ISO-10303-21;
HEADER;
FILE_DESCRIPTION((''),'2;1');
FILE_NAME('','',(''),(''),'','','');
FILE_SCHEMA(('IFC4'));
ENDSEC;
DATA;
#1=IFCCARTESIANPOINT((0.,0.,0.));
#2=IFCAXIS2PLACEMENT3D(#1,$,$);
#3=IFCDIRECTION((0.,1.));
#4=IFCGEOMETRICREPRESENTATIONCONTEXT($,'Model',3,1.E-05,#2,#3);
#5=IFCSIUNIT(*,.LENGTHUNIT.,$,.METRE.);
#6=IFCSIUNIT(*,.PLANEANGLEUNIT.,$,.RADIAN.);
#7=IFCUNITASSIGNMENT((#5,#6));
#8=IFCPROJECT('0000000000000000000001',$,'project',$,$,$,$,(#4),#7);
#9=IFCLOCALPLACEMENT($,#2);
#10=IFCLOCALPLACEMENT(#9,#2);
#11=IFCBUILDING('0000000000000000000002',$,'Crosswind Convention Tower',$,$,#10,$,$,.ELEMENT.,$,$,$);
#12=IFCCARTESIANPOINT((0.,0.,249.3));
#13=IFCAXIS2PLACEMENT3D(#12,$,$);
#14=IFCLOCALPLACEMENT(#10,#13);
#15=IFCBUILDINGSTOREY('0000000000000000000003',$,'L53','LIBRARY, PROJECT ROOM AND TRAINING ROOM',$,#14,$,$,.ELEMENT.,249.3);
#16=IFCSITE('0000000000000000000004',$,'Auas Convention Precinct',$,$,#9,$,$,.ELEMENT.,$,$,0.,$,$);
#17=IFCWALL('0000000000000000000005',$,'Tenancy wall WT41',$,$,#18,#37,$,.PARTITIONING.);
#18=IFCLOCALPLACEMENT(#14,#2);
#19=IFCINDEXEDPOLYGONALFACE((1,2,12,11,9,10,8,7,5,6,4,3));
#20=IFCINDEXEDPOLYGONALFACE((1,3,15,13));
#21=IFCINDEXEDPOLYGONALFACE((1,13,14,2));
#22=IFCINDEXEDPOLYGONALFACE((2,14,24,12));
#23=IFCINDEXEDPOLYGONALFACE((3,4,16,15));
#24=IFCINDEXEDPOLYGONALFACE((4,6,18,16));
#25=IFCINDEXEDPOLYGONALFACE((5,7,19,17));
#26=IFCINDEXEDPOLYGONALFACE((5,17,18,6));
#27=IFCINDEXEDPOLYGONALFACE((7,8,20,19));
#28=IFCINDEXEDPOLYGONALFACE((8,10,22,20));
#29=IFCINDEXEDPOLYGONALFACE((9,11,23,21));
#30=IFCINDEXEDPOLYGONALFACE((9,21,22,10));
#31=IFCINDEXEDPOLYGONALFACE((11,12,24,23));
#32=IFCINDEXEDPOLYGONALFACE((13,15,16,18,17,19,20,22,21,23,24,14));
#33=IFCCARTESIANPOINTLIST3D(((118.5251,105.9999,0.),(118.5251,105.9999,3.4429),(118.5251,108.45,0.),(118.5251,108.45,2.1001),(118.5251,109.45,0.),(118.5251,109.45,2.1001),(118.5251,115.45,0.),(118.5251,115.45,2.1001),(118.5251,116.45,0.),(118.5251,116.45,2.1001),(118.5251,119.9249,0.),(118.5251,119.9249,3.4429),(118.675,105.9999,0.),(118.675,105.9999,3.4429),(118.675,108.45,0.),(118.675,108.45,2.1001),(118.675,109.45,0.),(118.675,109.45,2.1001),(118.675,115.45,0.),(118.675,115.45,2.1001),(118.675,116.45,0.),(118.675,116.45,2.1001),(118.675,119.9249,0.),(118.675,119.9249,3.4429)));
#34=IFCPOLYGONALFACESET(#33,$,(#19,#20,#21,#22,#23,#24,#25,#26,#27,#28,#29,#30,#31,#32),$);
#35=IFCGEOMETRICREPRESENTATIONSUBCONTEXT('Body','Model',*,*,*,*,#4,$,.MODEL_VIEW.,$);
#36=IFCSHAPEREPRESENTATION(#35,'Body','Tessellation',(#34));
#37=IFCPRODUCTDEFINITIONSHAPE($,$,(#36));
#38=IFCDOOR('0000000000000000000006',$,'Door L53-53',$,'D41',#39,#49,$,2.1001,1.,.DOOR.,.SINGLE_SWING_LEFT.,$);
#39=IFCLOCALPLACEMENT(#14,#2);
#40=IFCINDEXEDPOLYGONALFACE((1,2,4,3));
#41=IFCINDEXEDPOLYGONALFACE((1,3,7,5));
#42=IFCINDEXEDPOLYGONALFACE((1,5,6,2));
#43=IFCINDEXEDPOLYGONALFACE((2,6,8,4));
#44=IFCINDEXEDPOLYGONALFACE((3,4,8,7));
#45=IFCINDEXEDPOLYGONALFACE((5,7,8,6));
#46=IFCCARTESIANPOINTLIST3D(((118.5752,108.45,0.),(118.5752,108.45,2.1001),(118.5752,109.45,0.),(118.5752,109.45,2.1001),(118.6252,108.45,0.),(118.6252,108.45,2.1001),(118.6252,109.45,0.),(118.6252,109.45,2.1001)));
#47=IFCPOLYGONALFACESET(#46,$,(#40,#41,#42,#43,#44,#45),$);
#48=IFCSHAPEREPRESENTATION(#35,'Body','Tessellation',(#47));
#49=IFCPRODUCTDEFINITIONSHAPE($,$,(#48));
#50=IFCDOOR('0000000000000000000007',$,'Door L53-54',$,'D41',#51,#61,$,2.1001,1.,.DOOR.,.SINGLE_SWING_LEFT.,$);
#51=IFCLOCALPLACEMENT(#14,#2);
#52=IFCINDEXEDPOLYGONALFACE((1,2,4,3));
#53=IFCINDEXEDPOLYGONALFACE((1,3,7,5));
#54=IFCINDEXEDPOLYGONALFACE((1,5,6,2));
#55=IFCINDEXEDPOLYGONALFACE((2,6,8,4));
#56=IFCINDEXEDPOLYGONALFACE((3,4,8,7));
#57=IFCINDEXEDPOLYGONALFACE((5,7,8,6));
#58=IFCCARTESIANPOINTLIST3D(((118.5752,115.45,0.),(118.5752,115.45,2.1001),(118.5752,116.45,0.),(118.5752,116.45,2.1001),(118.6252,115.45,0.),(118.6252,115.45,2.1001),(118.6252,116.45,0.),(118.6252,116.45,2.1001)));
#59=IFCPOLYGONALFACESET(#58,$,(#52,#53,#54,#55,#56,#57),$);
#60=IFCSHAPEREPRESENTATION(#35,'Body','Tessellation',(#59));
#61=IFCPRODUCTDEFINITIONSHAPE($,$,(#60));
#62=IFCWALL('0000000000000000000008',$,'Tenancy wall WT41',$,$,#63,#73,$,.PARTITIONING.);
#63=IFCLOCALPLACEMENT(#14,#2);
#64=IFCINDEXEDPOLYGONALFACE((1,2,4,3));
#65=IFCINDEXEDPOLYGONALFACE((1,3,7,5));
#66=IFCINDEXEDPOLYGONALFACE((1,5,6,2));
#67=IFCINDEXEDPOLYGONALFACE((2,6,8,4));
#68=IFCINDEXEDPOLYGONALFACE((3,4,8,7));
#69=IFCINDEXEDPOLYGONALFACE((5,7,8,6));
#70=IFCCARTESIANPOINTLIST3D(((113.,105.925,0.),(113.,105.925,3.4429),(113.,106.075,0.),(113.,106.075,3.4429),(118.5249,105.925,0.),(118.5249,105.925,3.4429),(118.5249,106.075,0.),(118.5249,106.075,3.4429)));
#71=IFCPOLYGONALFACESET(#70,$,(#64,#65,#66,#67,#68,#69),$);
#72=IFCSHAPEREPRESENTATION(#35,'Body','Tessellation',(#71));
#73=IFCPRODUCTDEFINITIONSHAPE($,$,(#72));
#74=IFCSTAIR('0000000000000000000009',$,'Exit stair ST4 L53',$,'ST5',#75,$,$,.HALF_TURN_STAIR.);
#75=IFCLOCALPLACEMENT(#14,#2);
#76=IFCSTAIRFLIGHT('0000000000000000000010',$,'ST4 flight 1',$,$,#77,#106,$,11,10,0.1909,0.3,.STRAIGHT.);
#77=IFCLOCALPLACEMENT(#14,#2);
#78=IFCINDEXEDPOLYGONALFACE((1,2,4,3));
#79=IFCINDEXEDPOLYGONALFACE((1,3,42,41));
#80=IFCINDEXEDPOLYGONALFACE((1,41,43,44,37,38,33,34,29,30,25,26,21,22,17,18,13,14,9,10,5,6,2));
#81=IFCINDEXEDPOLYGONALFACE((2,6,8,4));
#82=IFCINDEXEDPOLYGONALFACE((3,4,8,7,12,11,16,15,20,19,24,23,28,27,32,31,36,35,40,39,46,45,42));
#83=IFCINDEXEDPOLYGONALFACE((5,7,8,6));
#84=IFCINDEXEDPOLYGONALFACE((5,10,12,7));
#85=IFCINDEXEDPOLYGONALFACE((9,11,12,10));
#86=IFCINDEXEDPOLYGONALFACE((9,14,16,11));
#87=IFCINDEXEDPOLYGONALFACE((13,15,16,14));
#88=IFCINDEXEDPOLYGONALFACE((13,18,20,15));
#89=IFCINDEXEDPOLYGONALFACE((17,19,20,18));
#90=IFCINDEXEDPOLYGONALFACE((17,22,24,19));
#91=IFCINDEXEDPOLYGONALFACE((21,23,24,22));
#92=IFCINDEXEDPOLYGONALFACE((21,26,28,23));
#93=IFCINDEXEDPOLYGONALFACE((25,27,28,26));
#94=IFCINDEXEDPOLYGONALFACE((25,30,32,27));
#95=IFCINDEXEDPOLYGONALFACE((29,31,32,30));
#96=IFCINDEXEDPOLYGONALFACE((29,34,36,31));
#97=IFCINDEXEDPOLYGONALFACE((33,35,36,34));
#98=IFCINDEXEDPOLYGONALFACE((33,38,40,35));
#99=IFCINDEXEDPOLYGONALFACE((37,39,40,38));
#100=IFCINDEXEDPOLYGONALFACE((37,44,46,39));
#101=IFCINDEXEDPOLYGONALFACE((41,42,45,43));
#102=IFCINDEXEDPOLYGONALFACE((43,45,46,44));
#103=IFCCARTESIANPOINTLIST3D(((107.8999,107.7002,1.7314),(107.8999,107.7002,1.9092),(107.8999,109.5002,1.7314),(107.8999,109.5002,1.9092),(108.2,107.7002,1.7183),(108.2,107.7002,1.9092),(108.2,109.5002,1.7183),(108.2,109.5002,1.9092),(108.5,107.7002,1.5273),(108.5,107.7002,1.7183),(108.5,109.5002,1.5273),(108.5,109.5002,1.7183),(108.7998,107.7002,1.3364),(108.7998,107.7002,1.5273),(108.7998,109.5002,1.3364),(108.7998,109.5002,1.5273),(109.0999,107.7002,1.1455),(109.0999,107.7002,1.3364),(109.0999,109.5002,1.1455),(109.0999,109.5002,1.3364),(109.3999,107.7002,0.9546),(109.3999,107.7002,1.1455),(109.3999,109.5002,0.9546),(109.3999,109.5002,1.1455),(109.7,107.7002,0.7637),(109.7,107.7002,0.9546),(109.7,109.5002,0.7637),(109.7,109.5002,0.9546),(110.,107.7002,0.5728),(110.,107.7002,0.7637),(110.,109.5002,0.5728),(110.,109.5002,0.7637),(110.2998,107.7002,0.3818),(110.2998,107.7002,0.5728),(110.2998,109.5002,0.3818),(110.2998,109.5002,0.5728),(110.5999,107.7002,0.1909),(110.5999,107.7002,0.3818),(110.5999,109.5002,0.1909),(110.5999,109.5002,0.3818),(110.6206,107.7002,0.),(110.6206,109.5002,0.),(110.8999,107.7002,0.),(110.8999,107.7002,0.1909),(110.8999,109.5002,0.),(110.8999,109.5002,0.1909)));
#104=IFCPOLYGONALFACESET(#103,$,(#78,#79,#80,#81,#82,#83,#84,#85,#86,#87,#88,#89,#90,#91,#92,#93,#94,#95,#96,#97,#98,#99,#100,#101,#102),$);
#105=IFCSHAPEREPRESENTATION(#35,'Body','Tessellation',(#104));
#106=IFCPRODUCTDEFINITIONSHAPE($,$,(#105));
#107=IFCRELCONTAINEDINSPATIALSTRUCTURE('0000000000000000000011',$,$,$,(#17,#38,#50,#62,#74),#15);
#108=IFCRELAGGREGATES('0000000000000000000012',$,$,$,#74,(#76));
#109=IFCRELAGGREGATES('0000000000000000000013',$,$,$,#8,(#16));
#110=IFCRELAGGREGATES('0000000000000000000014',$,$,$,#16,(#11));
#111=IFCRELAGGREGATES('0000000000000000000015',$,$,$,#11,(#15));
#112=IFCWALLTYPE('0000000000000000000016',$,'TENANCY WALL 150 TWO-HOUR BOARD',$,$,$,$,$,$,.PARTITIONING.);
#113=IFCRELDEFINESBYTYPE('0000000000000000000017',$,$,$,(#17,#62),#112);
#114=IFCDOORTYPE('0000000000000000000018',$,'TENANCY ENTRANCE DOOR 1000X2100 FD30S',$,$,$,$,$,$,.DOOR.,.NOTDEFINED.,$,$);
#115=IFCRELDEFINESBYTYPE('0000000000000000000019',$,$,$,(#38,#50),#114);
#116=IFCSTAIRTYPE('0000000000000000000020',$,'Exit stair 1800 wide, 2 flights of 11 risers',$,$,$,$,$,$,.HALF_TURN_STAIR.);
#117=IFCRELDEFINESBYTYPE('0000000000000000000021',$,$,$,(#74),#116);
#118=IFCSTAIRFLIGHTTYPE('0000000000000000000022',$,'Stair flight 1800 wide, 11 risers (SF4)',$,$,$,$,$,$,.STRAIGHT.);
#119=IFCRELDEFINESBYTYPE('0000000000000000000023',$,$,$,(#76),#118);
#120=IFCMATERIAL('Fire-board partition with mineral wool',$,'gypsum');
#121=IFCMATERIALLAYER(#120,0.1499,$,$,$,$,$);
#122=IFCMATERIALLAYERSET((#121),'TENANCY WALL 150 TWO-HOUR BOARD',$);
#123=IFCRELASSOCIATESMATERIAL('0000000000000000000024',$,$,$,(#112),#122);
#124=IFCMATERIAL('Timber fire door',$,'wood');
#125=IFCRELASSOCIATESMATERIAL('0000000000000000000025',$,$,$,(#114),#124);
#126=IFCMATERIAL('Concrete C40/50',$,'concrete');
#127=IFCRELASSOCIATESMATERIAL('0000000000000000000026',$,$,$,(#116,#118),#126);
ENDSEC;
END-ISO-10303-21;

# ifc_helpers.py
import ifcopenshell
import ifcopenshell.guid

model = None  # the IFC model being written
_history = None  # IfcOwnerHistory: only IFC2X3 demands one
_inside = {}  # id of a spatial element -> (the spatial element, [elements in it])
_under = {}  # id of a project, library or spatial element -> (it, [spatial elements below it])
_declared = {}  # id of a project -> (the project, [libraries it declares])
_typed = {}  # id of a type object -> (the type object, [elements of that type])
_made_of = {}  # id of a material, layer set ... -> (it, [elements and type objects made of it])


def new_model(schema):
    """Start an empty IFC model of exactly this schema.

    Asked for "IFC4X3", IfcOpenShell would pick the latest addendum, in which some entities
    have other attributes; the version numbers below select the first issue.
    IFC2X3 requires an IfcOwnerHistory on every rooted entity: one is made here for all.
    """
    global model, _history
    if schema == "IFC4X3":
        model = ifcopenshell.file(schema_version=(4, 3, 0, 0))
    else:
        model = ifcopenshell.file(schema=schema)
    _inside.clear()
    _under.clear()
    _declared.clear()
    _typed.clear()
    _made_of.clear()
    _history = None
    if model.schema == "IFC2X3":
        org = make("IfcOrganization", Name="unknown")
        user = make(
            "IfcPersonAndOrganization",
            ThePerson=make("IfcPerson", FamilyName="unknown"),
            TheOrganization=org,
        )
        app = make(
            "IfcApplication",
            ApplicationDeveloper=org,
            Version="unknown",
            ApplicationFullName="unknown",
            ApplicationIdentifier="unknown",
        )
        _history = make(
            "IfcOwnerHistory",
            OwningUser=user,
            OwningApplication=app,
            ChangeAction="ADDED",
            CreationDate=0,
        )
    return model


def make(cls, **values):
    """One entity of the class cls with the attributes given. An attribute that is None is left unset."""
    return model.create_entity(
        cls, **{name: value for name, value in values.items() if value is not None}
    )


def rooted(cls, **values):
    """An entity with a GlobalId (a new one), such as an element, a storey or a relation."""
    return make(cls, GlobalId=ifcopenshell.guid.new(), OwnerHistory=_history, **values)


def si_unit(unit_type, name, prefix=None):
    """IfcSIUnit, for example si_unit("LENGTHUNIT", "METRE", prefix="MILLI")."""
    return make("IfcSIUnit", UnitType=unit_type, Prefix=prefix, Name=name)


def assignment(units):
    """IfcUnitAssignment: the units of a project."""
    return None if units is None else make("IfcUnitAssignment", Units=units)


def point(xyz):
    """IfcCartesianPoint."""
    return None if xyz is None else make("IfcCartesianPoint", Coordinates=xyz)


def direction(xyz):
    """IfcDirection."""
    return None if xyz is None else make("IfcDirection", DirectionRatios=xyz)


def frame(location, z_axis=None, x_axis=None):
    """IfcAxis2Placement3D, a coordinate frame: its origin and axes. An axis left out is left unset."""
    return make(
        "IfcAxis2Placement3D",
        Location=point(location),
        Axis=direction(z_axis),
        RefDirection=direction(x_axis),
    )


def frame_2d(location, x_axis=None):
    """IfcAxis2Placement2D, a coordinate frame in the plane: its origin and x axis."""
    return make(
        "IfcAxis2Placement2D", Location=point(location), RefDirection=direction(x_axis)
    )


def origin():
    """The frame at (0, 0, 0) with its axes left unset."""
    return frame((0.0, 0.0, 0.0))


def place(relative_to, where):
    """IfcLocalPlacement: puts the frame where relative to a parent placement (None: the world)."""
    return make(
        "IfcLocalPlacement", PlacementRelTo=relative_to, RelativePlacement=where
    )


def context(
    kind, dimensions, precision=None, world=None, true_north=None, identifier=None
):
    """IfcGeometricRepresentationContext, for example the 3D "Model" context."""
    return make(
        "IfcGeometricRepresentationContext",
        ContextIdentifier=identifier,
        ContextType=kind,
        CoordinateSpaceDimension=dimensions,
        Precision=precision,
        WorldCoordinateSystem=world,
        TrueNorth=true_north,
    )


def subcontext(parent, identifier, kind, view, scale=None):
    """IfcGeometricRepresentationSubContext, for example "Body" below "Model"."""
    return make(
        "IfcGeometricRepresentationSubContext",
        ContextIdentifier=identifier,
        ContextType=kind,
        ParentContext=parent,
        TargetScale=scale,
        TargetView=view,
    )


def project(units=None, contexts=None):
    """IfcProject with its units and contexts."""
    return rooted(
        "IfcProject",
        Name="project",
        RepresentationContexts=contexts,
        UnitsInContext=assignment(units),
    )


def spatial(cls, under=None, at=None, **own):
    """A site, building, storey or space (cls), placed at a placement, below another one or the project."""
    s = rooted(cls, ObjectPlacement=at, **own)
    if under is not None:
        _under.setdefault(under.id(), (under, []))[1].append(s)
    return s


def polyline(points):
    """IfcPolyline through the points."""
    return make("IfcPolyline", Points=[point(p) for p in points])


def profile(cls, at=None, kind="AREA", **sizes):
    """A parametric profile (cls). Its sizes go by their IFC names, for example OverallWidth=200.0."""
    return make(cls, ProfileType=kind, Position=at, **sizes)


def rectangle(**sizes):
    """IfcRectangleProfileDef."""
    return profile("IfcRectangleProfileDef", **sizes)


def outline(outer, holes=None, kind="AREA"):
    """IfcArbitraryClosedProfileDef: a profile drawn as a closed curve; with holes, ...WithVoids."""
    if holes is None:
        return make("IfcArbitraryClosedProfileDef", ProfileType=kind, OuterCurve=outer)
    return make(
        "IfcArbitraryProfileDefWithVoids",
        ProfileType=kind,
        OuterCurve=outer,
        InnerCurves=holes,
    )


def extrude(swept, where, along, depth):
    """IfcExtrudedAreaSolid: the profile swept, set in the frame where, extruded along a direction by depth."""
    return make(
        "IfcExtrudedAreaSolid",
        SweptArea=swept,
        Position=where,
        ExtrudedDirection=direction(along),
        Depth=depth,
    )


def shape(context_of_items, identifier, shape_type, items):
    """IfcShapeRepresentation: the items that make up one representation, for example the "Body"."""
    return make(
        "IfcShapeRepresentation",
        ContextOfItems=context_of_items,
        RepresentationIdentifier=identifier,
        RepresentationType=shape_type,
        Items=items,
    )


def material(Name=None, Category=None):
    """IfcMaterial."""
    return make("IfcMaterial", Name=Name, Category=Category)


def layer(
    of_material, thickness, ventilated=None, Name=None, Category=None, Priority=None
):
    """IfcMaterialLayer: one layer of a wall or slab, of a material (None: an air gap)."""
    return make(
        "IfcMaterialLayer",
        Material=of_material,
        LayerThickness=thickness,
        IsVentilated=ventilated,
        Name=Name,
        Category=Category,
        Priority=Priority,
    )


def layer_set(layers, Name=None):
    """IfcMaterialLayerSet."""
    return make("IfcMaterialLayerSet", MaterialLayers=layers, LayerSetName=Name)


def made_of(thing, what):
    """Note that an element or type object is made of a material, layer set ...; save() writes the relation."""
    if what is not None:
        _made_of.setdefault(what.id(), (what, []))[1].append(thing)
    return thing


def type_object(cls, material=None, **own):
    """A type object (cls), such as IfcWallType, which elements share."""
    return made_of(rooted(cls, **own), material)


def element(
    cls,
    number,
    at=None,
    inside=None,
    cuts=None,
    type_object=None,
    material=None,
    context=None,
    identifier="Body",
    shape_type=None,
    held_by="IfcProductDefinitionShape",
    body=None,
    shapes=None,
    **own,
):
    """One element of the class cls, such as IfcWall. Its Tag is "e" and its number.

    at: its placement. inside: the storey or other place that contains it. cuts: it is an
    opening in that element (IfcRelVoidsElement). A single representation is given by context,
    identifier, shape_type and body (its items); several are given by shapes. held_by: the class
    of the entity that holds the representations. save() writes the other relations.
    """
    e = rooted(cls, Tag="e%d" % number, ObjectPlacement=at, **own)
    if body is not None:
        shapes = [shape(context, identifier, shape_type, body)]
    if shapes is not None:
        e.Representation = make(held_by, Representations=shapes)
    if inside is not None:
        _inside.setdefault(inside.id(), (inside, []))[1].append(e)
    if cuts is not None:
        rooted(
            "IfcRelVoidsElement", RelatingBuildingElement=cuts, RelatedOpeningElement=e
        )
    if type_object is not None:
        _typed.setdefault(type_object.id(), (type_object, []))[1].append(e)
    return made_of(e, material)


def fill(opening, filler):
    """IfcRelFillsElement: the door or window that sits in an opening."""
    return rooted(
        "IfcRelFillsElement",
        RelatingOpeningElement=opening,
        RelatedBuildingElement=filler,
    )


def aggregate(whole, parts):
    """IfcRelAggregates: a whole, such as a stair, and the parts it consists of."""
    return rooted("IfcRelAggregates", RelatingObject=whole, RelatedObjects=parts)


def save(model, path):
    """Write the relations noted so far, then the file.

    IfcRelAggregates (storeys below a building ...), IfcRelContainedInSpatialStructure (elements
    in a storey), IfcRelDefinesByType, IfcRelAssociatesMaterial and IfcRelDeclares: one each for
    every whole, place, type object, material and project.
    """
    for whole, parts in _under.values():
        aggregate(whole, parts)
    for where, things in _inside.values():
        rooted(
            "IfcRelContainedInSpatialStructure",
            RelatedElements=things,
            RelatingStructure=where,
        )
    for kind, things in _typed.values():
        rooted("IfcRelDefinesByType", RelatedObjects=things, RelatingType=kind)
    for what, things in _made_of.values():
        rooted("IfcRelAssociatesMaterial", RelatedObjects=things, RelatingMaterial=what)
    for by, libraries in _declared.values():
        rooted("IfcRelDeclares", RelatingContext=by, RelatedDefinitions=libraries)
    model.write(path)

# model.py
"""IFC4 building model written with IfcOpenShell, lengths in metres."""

from ifc_helpers import new_model, si_unit, direction, frame, frame_2d, origin, place, context, subcontext, project, spatial, polyline, rectangle, outline, extrude, material, layer, layer_set, type_object, element, fill, aggregate, save


model = new_model("IFC4")

# Units and contexts
model_context = context("Model", 3, precision=1e-05, world=origin(), true_north=direction((0.0, 1.0)))
body_context = subcontext(model_context, "Body", "Model", "MODEL_VIEW")
ifc_project = project(units=[si_unit("LENGTHUNIT", "METRE"), si_unit("PLANEANGLEUNIT", "RADIAN")], contexts=[model_context])

# Site, building, storey
site_placement = place(None, origin())
site = spatial("IfcSite", under=ifc_project, at=site_placement, Name="Auas Convention Precinct", CompositionType="ELEMENT", RefElevation=0.0)
building_placement = place(site_placement, origin())
building = spatial("IfcBuilding", under=site, at=building_placement, Name="Crosswind Convention Tower", CompositionType="ELEMENT")
storey_placement = place(building_placement, frame((0.0, 0.0, 249.3)))
storey = spatial("IfcBuildingStorey", under=building, at=storey_placement, Name="L53", Description="LIBRARY, PROJECT ROOM AND TRAINING ROOM", CompositionType="ELEMENT", Elevation=249.3)

# Wall, openings, doors
ifc_material_1 = material(Name="Fire-board partition with mineral wool", Category="gypsum")
ifc_layer_1 = layer(ifc_material_1, 0.1499)
ifc_layer_set_1 = layer_set([ifc_layer_1], Name="TENANCY WALL 150 TWO-HOUR BOARD")
wall_type_1 = type_object("IfcWallType", Name="TENANCY WALL 150 TWO-HOUR BOARD", PredefinedType="PARTITIONING", material=ifc_layer_set_1)
wall_1_placement = place(storey_placement, frame((118.6001, 106.0, 0.0), z_axis=(0.0, 0.0, 1.0), x_axis=(0.0, 1.0, 0.0)))
wall_1 = element("IfcWall", 1, at=wall_1_placement, inside=storey, type_object=wall_type_1, Name="Tenancy wall WT41", PredefinedType="PARTITIONING", context=body_context, shape_type="SweptSolid", body=[
    extrude(rectangle(XDim=13.925, YDim=0.1499, at=frame_2d((6.9624, 0.0))), origin(), (0.0, 0.0, 1.0), 3.4429),
])
opening_1_placement = place(wall_1_placement, frame((2.45, 0.0, 0.0)))
opening_1 = element("IfcOpeningElement", 2, at=opening_1_placement, cuts=wall_1, PredefinedType="OPENING", context=body_context, shape_type="SweptSolid", body=[
    extrude(rectangle(XDim=1.0, YDim=2.1001, at=frame_2d((0.5, 1.05))), frame((0.0, 0.085, 0.0), z_axis=(0.0, -1.0, 0.0), x_axis=(1.0, 0.0, 0.0)), (0.0, 0.0, 1.0), 0.1699),
])
opening_2_placement = place(wall_1_placement, frame((9.45, 0.0, 0.0)))
opening_2 = element("IfcOpeningElement", 3, at=opening_2_placement, cuts=wall_1, PredefinedType="OPENING", context=body_context, shape_type="SweptSolid", body=[
    extrude(rectangle(XDim=1.0, YDim=2.1001, at=frame_2d((0.5, 1.05))), frame((0.0, 0.085, 0.0), z_axis=(0.0, -1.0, 0.0), x_axis=(1.0, 0.0, 0.0)), (0.0, 0.0, 1.0), 0.1699),
])
ifc_material_2 = material(Name="Timber fire door", Category="wood")
door_type_1 = type_object("IfcDoorType", Name="TENANCY ENTRANCE DOOR 1000X2100 FD30S", OperationType="NOTDEFINED", PredefinedType="DOOR", material=ifc_material_2)
door_1_placement = place(opening_1_placement, origin())
door_1 = element("IfcDoor", 4, at=door_1_placement, inside=storey, type_object=door_type_1, Name="Door L53-53", ObjectType="D41", OperationType="SINGLE_SWING_LEFT", OverallHeight=2.1001, OverallWidth=1.0, PredefinedType="DOOR", context=body_context, shape_type="SweptSolid", body=[
    extrude(rectangle(XDim=1.0, YDim=2.1001, at=frame_2d((0.5, 1.05))), frame((0.0, 0.0249, 0.0), z_axis=(0.0, -1.0, 0.0), x_axis=(1.0, 0.0, 0.0)), (0.0, 0.0, 1.0), 0.05),
])
fill(opening_1, door_1)
door_2_placement = place(opening_2_placement, origin())
door_2 = element("IfcDoor", 5, at=door_2_placement, inside=storey, type_object=door_type_1, Name="Door L53-54", ObjectType="D41", OperationType="SINGLE_SWING_LEFT", OverallHeight=2.1001, OverallWidth=1.0, PredefinedType="DOOR", context=body_context, shape_type="SweptSolid", body=[
    extrude(rectangle(XDim=1.0, YDim=2.1001, at=frame_2d((0.5, 1.05))), frame((0.0, 0.0249, 0.0), z_axis=(0.0, -1.0, 0.0), x_axis=(1.0, 0.0, 0.0)), (0.0, 0.0, 1.0), 0.05),
])
fill(opening_2, door_2)

# Wall
wall_2_placement = place(storey_placement, frame((113.0, 106.0, 0.0), z_axis=(0.0, 0.0, 1.0), x_axis=(1.0, 0.0, 0.0)))
element("IfcWall", 6, at=wall_2_placement, inside=storey, type_object=wall_type_1, Name="Tenancy wall WT41", PredefinedType="PARTITIONING", context=body_context, shape_type="SweptSolid", body=[
    extrude(rectangle(XDim=5.5249, YDim=0.1499, at=frame_2d((2.7625, 0.0))), origin(), (0.0, 0.0, 1.0), 3.4429),
])

# Stair, stair flight
ifc_material_3 = material(Name="Concrete C40/50", Category="concrete")
stair_type = type_object("IfcStairType", Name="Exit stair 1800 wide, 2 flights of 11 risers", PredefinedType="HALF_TURN_STAIR", material=ifc_material_3)
stair_placement = place(storey_placement, origin())
stair = element("IfcStair", 7, at=stair_placement, inside=storey, type_object=stair_type, Name="Exit stair ST4 L53", ObjectType="ST5", PredefinedType="HALF_TURN_STAIR")
stair_flight_type = type_object("IfcStairFlightType", Name="Stair flight 1800 wide, 11 risers (SF4)", PredefinedType="STRAIGHT", material=ifc_material_3)
stair_flight_placement = place(storey_placement, frame((110.8999, 108.6001, 0.0), z_axis=(0.0, 0.0, 1.0), x_axis=(-1.0, 0.0, 0.0)))
stair_flight = element("IfcStairFlight", 8, at=stair_flight_placement, type_object=stair_flight_type, Name="ST4 flight 1", NumberOfRisers=11, NumberOfTreads=10, PredefinedType="STRAIGHT", RiserHeight=0.1909, TreadLength=0.3, context=body_context, shape_type="SweptSolid", body=[
    extrude(outline(polyline([(0.0, 0.0), (0.0, 0.1909), (0.3, 0.1909), (0.3, 0.3818), (0.6001, 0.3818), (0.6001, 0.5728), (0.8999, 0.5728), (0.8999, 0.7637), (1.2, 0.7637), (1.2, 0.9546), (1.5, 0.9546), (1.5, 1.1455), (1.8, 1.1455), (1.8, 1.3364), (2.1001, 1.3364), (2.1001, 1.5273), (2.3999, 1.5273), (2.3999, 1.7183), (2.7, 1.7183), (2.7, 1.9092), (3.0, 1.9092), (3.0, 2.1001), (3.0, 1.7314), (0.2793, 0.0), (0.0, 0.0)])), frame((0.0, 0.8999, 0.0), z_axis=(0.0, -1.0, 0.0), x_axis=(1.0, 0.0, 0.0)), (0.0, 0.0, 1.0), 1.8),
])
aggregate(stair, [stair_flight])

save(model, "model.ifc")
